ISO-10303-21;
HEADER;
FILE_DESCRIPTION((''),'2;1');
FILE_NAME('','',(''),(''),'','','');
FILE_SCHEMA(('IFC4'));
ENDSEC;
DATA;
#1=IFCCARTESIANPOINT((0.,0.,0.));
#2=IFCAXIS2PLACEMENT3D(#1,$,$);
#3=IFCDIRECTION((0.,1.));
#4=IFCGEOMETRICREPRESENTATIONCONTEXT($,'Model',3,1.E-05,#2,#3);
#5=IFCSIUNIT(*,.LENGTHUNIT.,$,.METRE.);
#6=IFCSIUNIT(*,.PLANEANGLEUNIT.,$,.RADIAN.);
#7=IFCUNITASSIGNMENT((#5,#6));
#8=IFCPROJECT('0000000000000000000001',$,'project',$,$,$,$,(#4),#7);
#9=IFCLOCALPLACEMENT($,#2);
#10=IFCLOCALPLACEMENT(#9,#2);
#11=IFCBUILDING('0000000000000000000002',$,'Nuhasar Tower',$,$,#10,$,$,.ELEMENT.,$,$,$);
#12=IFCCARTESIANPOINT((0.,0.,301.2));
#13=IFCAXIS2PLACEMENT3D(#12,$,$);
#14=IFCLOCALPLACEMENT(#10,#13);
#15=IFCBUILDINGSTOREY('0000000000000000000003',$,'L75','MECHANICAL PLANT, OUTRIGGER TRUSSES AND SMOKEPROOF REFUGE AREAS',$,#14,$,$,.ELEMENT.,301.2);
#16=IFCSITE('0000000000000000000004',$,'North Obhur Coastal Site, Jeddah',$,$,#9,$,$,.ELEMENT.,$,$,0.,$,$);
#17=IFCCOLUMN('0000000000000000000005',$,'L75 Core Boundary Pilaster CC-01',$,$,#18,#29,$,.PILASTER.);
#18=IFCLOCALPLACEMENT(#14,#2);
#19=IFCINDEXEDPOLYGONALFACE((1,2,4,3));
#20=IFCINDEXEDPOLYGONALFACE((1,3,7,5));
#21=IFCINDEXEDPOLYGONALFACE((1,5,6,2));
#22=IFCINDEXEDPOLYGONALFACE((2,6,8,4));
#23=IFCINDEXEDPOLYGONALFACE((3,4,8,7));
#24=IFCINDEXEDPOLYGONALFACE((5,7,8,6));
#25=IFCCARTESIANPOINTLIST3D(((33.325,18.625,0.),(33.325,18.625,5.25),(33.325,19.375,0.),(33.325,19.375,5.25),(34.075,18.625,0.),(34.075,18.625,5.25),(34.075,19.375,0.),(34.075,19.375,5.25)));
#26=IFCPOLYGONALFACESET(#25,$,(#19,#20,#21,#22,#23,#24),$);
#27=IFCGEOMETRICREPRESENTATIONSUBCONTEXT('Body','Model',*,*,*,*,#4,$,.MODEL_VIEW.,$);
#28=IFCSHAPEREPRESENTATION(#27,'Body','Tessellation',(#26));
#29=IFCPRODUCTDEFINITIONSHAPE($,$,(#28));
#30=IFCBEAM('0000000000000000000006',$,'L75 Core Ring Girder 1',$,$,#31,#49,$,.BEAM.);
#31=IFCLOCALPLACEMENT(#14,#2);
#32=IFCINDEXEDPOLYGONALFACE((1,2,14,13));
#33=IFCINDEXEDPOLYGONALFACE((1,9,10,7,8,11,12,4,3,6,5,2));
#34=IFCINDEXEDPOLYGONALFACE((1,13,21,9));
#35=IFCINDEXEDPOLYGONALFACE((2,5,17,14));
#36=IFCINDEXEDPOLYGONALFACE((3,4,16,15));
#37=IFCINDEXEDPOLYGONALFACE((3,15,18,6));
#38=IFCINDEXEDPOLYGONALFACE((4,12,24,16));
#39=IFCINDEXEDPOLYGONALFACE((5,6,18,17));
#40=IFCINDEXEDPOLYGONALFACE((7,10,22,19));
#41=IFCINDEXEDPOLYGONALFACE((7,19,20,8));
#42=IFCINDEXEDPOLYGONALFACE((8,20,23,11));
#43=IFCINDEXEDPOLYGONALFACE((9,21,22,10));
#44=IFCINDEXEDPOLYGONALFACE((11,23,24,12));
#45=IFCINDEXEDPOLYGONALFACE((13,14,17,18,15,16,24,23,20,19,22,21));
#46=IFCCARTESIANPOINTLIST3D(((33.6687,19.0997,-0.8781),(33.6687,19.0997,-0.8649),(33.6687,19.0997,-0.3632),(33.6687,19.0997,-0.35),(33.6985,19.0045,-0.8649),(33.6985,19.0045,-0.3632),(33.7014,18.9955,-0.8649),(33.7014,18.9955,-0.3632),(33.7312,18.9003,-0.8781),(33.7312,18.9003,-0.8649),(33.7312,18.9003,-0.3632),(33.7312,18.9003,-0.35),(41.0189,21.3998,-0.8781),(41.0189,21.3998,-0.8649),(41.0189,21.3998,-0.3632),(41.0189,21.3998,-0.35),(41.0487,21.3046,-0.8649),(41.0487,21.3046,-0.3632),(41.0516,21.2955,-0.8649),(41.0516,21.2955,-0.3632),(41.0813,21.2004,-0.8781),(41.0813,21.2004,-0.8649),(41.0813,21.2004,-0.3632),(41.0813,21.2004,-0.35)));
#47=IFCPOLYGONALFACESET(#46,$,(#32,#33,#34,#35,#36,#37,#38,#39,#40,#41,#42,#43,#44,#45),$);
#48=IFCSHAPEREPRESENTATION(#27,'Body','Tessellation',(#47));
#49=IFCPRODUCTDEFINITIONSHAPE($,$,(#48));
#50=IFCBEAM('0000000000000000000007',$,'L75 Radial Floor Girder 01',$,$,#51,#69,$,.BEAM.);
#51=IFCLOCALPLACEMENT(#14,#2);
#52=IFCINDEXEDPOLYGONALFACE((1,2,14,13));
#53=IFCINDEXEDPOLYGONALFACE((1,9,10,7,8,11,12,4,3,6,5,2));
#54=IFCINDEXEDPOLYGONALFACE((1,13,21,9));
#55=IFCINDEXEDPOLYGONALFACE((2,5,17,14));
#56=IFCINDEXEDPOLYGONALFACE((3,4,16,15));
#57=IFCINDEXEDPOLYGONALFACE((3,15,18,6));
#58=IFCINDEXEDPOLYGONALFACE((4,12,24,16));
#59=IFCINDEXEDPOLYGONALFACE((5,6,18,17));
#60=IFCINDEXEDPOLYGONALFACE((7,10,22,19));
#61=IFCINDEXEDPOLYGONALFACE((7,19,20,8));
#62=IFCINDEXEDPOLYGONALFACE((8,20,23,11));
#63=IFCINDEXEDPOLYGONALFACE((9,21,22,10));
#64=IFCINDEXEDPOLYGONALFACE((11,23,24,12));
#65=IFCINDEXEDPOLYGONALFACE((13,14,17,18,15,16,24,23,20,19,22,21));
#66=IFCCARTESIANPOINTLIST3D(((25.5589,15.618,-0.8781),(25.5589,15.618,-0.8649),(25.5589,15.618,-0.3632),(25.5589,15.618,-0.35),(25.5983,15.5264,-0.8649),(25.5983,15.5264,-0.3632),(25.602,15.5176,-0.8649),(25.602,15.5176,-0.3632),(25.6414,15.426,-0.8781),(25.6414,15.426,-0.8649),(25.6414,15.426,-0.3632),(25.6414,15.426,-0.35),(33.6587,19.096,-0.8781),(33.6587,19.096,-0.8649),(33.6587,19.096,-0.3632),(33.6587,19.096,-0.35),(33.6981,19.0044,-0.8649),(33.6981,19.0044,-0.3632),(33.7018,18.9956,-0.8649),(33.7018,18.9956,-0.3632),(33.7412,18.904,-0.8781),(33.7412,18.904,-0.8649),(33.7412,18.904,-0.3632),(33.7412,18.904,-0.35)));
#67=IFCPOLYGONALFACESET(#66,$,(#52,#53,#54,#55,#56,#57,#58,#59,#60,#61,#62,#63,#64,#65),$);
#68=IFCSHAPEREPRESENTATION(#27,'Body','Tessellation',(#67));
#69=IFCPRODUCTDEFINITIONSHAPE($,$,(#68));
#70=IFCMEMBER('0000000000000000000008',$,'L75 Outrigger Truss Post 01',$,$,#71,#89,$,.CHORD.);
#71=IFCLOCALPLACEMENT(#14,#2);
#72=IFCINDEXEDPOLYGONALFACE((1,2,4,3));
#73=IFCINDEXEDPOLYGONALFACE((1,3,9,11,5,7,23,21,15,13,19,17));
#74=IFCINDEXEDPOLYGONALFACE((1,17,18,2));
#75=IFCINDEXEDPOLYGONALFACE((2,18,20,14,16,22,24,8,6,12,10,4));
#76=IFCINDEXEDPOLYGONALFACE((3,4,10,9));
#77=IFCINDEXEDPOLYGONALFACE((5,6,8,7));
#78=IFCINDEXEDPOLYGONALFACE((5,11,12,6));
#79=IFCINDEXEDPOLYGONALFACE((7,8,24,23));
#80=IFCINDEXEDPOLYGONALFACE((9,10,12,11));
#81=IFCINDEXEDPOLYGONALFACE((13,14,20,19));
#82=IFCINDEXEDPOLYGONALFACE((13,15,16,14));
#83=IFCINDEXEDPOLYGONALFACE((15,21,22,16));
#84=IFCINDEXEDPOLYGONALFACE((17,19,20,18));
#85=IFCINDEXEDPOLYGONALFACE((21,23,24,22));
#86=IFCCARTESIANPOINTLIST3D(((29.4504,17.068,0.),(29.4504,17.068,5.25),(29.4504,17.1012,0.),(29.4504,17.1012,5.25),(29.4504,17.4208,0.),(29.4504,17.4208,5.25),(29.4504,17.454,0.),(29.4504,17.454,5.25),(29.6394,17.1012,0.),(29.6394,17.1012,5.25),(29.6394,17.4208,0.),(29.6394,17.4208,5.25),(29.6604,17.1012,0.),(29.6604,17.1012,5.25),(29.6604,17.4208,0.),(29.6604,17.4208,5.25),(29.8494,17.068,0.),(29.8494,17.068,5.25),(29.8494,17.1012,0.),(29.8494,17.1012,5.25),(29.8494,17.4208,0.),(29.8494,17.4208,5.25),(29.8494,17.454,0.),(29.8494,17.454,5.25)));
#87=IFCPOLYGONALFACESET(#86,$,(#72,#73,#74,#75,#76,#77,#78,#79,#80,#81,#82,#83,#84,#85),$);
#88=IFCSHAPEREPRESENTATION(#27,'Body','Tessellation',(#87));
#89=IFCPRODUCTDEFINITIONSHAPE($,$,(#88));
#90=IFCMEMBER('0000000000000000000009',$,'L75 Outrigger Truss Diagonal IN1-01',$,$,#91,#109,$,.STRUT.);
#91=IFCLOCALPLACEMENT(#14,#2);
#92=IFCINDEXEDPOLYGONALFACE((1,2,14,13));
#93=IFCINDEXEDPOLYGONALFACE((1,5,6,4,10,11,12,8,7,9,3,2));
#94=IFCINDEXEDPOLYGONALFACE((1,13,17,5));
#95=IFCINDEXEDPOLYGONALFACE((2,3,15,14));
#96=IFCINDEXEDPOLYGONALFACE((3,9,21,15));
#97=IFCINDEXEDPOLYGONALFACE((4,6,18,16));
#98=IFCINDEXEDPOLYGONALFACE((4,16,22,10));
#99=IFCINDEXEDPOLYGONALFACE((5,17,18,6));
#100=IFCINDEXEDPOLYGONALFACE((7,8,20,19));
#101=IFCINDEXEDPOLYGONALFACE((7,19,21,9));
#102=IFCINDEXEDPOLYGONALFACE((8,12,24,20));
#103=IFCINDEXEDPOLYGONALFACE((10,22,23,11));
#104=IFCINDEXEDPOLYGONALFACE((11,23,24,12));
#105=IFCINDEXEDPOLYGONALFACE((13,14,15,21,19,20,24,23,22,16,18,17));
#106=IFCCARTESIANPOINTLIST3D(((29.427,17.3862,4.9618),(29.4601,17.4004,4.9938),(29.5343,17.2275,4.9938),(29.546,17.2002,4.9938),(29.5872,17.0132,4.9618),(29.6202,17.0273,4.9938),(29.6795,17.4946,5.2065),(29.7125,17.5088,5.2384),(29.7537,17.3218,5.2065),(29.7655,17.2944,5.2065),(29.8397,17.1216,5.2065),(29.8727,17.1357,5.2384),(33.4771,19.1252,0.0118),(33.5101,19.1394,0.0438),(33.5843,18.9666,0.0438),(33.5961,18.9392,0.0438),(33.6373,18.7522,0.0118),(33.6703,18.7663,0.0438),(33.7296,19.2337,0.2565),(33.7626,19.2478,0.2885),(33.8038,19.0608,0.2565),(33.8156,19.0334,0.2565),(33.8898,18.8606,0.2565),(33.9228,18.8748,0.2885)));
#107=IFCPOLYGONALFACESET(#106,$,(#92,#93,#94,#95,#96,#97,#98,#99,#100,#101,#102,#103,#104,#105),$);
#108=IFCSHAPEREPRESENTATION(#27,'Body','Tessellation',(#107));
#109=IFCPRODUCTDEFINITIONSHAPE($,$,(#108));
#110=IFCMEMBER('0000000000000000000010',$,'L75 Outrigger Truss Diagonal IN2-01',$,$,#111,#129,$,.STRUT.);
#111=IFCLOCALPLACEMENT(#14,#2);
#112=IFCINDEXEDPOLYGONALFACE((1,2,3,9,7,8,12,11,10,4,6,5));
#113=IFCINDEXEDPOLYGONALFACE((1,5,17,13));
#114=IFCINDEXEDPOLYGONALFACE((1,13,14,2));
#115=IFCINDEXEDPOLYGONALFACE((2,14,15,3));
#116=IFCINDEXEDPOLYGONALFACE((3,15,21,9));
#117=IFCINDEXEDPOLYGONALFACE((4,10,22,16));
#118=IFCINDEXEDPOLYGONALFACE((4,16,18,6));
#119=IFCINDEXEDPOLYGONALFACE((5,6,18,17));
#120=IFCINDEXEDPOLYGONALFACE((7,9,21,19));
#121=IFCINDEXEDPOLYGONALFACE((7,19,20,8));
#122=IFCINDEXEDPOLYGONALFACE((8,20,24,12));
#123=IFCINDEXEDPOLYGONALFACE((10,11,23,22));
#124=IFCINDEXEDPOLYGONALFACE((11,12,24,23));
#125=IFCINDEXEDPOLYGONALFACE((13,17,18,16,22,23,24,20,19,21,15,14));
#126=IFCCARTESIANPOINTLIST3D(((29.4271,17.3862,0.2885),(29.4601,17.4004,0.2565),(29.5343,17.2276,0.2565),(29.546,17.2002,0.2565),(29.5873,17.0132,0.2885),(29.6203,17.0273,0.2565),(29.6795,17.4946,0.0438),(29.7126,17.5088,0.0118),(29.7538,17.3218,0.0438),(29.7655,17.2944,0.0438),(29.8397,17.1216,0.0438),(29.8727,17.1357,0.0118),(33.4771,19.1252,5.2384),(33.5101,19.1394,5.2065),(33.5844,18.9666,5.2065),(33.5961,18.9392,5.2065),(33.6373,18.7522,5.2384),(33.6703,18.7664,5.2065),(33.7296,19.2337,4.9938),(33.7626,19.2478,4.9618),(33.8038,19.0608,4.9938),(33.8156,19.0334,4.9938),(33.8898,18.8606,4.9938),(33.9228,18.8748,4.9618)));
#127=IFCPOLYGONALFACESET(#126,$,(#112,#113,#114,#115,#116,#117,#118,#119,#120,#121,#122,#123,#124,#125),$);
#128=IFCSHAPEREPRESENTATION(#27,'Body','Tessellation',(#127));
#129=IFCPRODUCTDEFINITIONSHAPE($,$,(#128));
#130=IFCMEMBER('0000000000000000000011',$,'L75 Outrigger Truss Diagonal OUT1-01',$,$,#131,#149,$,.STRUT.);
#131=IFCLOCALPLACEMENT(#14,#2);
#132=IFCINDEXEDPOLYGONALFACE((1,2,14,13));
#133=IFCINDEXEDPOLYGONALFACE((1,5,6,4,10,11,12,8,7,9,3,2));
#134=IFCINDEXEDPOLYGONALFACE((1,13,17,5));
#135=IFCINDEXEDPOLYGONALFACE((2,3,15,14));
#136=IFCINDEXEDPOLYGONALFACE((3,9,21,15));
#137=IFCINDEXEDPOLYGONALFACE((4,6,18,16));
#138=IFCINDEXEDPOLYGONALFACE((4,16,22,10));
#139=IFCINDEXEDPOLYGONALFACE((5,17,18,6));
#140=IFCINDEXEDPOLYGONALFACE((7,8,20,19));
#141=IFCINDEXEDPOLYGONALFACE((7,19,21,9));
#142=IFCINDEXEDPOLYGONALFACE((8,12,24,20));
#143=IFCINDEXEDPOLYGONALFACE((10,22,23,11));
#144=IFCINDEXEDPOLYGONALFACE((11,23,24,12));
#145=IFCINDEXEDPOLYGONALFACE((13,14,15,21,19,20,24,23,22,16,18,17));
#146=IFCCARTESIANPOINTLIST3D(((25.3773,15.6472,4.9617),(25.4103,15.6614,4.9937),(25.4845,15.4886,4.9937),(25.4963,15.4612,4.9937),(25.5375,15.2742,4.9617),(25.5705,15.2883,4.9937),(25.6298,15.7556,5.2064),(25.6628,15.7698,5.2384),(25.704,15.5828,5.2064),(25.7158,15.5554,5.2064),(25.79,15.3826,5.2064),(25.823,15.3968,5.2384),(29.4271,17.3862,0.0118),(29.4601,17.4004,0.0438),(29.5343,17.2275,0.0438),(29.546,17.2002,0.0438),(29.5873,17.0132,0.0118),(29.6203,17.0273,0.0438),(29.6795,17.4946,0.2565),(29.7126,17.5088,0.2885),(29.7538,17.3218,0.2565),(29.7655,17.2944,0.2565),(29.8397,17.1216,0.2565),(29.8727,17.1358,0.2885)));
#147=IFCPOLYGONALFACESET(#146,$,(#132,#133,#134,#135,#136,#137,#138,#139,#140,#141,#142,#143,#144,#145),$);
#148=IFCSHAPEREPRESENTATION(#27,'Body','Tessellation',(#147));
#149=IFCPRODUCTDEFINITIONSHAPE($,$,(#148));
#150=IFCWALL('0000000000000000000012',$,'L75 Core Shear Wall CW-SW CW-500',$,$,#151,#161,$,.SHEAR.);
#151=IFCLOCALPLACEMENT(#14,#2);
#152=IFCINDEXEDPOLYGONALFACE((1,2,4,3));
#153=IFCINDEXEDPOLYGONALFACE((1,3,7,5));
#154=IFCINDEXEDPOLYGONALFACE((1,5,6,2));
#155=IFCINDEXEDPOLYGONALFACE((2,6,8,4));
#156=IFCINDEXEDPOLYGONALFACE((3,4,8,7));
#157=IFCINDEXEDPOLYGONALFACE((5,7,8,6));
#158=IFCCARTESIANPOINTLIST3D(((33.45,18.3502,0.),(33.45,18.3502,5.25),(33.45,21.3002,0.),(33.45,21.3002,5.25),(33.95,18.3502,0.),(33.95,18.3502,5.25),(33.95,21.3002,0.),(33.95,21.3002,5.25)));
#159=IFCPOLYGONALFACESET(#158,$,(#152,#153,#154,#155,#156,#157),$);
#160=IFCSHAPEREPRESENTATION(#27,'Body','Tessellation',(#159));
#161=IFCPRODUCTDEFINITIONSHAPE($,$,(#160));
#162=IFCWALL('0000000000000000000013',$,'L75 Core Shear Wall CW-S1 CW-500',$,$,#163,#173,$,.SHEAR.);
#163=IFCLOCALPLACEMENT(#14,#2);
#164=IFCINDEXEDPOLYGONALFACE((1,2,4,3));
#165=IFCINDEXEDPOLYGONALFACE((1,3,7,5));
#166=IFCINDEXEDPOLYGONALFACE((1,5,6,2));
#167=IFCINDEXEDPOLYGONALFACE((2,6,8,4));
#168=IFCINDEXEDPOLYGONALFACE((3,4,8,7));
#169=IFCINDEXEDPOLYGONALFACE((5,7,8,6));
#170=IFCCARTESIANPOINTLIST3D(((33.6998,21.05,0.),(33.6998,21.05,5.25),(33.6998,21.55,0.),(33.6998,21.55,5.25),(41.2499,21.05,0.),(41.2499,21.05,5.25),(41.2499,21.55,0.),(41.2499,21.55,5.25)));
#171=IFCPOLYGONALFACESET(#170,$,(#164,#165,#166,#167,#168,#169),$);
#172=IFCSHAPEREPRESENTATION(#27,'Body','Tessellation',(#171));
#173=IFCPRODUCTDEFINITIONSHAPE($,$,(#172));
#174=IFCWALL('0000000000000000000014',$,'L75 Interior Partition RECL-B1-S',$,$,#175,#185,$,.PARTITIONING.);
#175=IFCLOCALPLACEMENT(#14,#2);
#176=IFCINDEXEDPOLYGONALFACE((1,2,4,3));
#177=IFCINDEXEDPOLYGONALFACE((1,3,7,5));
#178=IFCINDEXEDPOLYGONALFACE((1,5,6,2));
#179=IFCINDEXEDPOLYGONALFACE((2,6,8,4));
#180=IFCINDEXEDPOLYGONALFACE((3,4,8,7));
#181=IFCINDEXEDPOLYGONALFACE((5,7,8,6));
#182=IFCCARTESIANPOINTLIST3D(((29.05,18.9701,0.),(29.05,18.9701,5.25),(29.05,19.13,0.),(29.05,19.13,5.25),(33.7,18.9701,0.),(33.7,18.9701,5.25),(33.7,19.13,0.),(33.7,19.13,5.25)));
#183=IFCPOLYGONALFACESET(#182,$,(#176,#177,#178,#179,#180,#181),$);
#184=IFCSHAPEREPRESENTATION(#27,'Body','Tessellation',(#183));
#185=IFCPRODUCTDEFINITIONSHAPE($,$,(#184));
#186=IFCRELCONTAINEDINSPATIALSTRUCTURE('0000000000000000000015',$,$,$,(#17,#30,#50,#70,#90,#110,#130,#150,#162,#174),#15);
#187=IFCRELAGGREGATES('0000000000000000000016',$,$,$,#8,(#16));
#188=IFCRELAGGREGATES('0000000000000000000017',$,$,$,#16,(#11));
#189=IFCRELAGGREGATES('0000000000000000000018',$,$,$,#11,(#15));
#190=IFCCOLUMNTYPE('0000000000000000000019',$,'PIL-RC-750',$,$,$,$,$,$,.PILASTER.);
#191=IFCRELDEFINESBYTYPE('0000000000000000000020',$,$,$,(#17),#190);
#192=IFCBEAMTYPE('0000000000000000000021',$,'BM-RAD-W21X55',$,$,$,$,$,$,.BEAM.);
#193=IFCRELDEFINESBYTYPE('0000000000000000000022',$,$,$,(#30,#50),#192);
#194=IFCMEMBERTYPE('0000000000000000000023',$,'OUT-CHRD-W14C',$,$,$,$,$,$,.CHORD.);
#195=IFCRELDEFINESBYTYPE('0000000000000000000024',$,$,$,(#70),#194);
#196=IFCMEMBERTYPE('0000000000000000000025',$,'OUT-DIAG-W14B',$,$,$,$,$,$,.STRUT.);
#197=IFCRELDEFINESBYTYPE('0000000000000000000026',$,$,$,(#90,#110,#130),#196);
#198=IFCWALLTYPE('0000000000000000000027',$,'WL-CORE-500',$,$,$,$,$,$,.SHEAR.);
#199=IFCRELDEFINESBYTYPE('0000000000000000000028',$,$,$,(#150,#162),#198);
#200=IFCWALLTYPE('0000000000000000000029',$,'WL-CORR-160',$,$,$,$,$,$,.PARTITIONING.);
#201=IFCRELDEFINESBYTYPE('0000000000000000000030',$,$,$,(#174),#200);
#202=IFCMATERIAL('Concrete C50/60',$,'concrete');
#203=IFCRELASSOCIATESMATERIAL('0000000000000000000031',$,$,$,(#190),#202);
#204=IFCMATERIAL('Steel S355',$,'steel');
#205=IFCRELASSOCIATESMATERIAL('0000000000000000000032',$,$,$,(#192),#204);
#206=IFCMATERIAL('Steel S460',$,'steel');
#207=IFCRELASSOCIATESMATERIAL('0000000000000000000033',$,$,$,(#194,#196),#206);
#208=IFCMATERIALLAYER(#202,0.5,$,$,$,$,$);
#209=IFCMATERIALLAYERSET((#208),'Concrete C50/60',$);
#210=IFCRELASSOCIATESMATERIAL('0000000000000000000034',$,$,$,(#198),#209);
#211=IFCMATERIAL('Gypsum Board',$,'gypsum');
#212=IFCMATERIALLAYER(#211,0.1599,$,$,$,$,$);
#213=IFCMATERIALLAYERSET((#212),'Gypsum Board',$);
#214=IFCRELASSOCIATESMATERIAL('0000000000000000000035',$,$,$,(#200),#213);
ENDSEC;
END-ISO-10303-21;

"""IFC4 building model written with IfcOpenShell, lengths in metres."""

from ifc_helpers import new_model, si_unit, direction, frame, frame_2d, origin, origin_2d, place, context, subcontext, project, spatial, rectangle, i_section, extrude, material, layer, layer_set, material_profile, profile_set, type_object, element, save


model = new_model("IFC4")

# Units and contexts
model_context = context("Model", 3, precision=1e-05, world=origin(), true_north=direction((0.0, 1.0)))
body_context = subcontext(model_context, "Body", "Model", "MODEL_VIEW")
ifc_project = project(units=[si_unit("LENGTHUNIT", "METRE"), si_unit("PLANEANGLEUNIT", "RADIAN")], contexts=[model_context])

# Site, building, storey
site_placement = place(None, origin())
site = spatial("IfcSite", under=ifc_project, at=site_placement, Name="North Obhur Coastal Site, Jeddah", CompositionType="ELEMENT", RefElevation=0.0)
building_placement = place(site_placement, origin())
building = spatial("IfcBuilding", under=site, at=building_placement, Name="Nuhasar Tower", CompositionType="ELEMENT")
storey_placement = place(building_placement, frame((0.0, 0.0, 301.2)))
storey = spatial("IfcBuildingStorey", under=building, at=storey_placement, Name="L75", Description="MECHANICAL PLANT, OUTRIGGER TRUSSES AND SMOKEPROOF REFUGE AREAS", CompositionType="ELEMENT", Elevation=301.2)

# Column
ifc_material_1 = material(Name="Concrete C50/60", Category="concrete")
ifc_material_profile_1 = material_profile(ifc_material_1, rectangle(XDim=0.75, YDim=0.75, at=origin_2d()), Name="RC750X750")
ifc_profile_set_1 = profile_set([ifc_material_profile_1], Name="Concrete C50/60")
column_type = type_object("IfcColumnType", Name="PIL-RC-750", PredefinedType="PILASTER", material=ifc_profile_set_1)
column_placement = place(storey_placement, frame((33.7, 19.0, 0.0), z_axis=(0.0, 0.0, 1.0), x_axis=(1.0, 0.0, 0.0)))
element("IfcColumn", 1, at=column_placement, inside=storey, type_object=column_type, Name="L75 Core Boundary Pilaster CC-01", PredefinedType="PILASTER", context=body_context, shape_type="SweptSolid", body=[
    extrude(rectangle(XDim=0.75, YDim=0.75, at=origin_2d()), origin(), (0.0, 0.0, 1.0), 5.25),
])

# Beams
ifc_material_2 = material(Name="Steel S355", Category="steel")
ifc_material_profile_2 = material_profile(ifc_material_2, i_section(OverallWidth=0.209, OverallDepth=0.5281, WebThickness=0.0095, FlangeThickness=0.0132, at=origin_2d()), Name="W21X55")
ifc_profile_set_2 = profile_set([ifc_material_profile_2], Name="Steel S355")
beam_type = type_object("IfcBeamType", Name="BM-RAD-W21X55", PredefinedType="BEAM", material=ifc_profile_set_2)
beam_1_placement = place(storey_placement, frame((33.7, 19.0, -0.614), z_axis=(0.954364, 0.298647, 0.0), x_axis=(-0.298647, 0.954364, 0.0)))
element("IfcBeam", 2, at=beam_1_placement, inside=storey, type_object=beam_type, Name="L75 Core Ring Girder 1", PredefinedType="BEAM", context=body_context, shape_type="SweptSolid", body=[
    extrude(i_section(OverallWidth=0.209, OverallDepth=0.5281, WebThickness=0.0095, FlangeThickness=0.0132, at=origin_2d()), origin(), (0.0, 0.0, 1.0), 7.7017),
])
beam_2_placement = place(storey_placement, frame((33.7, 19.0, -0.614), z_axis=(-0.918871, -0.394558, 0.0), x_axis=(0.394558, -0.918871, 0.0)))
element("IfcBeam", 3, at=beam_2_placement, inside=storey, type_object=beam_type, Name="L75 Radial Floor Girder 01", PredefinedType="BEAM", context=body_context, shape_type="SweptSolid", body=[
    extrude(i_section(OverallWidth=0.209, OverallDepth=0.5281, WebThickness=0.0095, FlangeThickness=0.0132, at=origin_2d()), origin(), (0.0, 0.0, 1.0), 8.8149),
])

# Members
ifc_material_3 = material(Name="Steel S460", Category="steel")
ifc_material_profile_3 = material_profile(ifc_material_3, i_section(OverallWidth=0.3989, OverallDepth=0.386, WebThickness=0.021, FlangeThickness=0.0332, at=origin_2d()), Name="W14X176")
ifc_profile_set_3 = profile_set([ifc_material_profile_3], Name="Steel S460")
member_type_1 = type_object("IfcMemberType", Name="OUT-CHRD-W14C", PredefinedType="CHORD", material=ifc_profile_set_3)
member_1_placement = place(storey_placement, frame((29.6499, 17.261, 0.0), z_axis=(0.0, 0.0, 1.0), x_axis=(1.0, 0.0, 0.0)))
element("IfcMember", 4, at=member_1_placement, inside=storey, type_object=member_type_1, Name="L75 Outrigger Truss Post 01", PredefinedType="CHORD", context=body_context, shape_type="SweptSolid", body=[
    extrude(i_section(OverallWidth=0.3989, OverallDepth=0.386, WebThickness=0.021, FlangeThickness=0.0332, at=origin_2d()), origin(), (0.0, 0.0, 1.0), 5.25),
])
ifc_material_profile_4 = material_profile(ifc_material_3, i_section(OverallWidth=0.406, OverallDepth=0.416, WebThickness=0.0298, FlangeThickness=0.0481, at=origin_2d()), Name="W14X257")
ifc_profile_set_4 = profile_set([ifc_material_profile_4], Name="Steel S460")
member_type_2 = type_object("IfcMemberType", Name="OUT-DIAG-W14B", PredefinedType="STRUT", material=ifc_profile_set_4)
for number, where, z_axis, x_axis, name in (
    (5, (33.7, 19.0, 0.1501), (-0.61106, -0.262378, 0.746835), (0.394548, -0.918876, 0.0), "L75 Outrigger Truss Diagonal IN1-01"),
    (6, (29.6499, 17.261, 0.1501), (0.61106, 0.262378, 0.746835), (-0.394548, 0.918876, 0.0), "L75 Outrigger Truss Diagonal IN2-01"),
):
    element("IfcMember", number, at=place(storey_placement, frame(where, z_axis=z_axis, x_axis=x_axis)), inside=storey, type_object=member_type_2, Name=name, PredefinedType="STRUT", context=body_context, shape_type="SweptSolid", body=[
        extrude(i_section(OverallWidth=0.406, OverallDepth=0.416, WebThickness=0.0298, FlangeThickness=0.0481, at=origin_2d()), origin(), (0.0, 0.0, 1.0), 6.6279),
    ])
member_2_placement = place(storey_placement, frame((29.6499, 17.261, 0.1501), z_axis=(-0.611037, -0.262384, 0.746852), x_axis=(0.394568, -0.918867, 0.0)))
element("IfcMember", 7, at=member_2_placement, inside=storey, type_object=member_type_2, Name="L75 Outrigger Truss Diagonal OUT1-01", PredefinedType="STRUT", context=body_context, shape_type="SweptSolid", body=[
    extrude(i_section(OverallWidth=0.406, OverallDepth=0.416, WebThickness=0.0298, FlangeThickness=0.0481, at=origin_2d()), origin(), (0.0, 0.0, 1.0), 6.6277),
])

# Walls
ifc_layer_1 = layer(ifc_material_1, 0.5)
ifc_layer_set_1 = layer_set([ifc_layer_1], Name="Concrete C50/60")
wall_type_1 = type_object("IfcWallType", Name="WL-CORE-500", PredefinedType="SHEAR", material=ifc_layer_set_1)
wall_1_placement = place(storey_placement, frame((33.7, 18.3501, 0.0), z_axis=(0.0, 0.0, 1.0), x_axis=(0.0, 1.0, 0.0)))
element("IfcWall", 8, at=wall_1_placement, inside=storey, type_object=wall_type_1, Name="L75 Core Shear Wall CW-SW CW-500", PredefinedType="SHEAR", context=body_context, shape_type="SweptSolid", body=[
    extrude(rectangle(XDim=2.95, YDim=0.5, at=frame_2d((1.4751, 0.0))), origin(), (0.0, 0.0, 1.0), 5.25),
])
wall_2_placement = place(storey_placement, frame((33.7, 21.3, 0.0), z_axis=(0.0, 0.0, 1.0), x_axis=(1.0, 0.0, 0.0)))
element("IfcWall", 9, at=wall_2_placement, inside=storey, type_object=wall_type_1, Name="L75 Core Shear Wall CW-S1 CW-500", PredefinedType="SHEAR", context=body_context, shape_type="SweptSolid", body=[
    extrude(rectangle(XDim=7.55, YDim=0.5, at=frame_2d((3.7749, 0.0))), origin(), (0.0, 0.0, 1.0), 5.25),
])
ifc_material_4 = material(Name="Gypsum Board", Category="gypsum")
ifc_layer_2 = layer(ifc_material_4, 0.1599)
ifc_layer_set_2 = layer_set([ifc_layer_2], Name="Gypsum Board")
wall_type_2 = type_object("IfcWallType", Name="WL-CORR-160", PredefinedType="PARTITIONING", material=ifc_layer_set_2)
wall_3_placement = place(storey_placement, frame((29.05, 19.05, 0.0), z_axis=(0.0, 0.0, 1.0), x_axis=(1.0, 0.0, 0.0)))
element("IfcWall", 10, at=wall_3_placement, inside=storey, type_object=wall_type_2, Name="L75 Interior Partition RECL-B1-S", PredefinedType="PARTITIONING", context=body_context, shape_type="SweptSolid", body=[
    extrude(rectangle(XDim=4.6499, YDim=0.1599, at=frame_2d((2.325, 0.0))), origin(), (0.0, 0.0, 1.0), 5.25),
])

save(model, "model.ifc")
